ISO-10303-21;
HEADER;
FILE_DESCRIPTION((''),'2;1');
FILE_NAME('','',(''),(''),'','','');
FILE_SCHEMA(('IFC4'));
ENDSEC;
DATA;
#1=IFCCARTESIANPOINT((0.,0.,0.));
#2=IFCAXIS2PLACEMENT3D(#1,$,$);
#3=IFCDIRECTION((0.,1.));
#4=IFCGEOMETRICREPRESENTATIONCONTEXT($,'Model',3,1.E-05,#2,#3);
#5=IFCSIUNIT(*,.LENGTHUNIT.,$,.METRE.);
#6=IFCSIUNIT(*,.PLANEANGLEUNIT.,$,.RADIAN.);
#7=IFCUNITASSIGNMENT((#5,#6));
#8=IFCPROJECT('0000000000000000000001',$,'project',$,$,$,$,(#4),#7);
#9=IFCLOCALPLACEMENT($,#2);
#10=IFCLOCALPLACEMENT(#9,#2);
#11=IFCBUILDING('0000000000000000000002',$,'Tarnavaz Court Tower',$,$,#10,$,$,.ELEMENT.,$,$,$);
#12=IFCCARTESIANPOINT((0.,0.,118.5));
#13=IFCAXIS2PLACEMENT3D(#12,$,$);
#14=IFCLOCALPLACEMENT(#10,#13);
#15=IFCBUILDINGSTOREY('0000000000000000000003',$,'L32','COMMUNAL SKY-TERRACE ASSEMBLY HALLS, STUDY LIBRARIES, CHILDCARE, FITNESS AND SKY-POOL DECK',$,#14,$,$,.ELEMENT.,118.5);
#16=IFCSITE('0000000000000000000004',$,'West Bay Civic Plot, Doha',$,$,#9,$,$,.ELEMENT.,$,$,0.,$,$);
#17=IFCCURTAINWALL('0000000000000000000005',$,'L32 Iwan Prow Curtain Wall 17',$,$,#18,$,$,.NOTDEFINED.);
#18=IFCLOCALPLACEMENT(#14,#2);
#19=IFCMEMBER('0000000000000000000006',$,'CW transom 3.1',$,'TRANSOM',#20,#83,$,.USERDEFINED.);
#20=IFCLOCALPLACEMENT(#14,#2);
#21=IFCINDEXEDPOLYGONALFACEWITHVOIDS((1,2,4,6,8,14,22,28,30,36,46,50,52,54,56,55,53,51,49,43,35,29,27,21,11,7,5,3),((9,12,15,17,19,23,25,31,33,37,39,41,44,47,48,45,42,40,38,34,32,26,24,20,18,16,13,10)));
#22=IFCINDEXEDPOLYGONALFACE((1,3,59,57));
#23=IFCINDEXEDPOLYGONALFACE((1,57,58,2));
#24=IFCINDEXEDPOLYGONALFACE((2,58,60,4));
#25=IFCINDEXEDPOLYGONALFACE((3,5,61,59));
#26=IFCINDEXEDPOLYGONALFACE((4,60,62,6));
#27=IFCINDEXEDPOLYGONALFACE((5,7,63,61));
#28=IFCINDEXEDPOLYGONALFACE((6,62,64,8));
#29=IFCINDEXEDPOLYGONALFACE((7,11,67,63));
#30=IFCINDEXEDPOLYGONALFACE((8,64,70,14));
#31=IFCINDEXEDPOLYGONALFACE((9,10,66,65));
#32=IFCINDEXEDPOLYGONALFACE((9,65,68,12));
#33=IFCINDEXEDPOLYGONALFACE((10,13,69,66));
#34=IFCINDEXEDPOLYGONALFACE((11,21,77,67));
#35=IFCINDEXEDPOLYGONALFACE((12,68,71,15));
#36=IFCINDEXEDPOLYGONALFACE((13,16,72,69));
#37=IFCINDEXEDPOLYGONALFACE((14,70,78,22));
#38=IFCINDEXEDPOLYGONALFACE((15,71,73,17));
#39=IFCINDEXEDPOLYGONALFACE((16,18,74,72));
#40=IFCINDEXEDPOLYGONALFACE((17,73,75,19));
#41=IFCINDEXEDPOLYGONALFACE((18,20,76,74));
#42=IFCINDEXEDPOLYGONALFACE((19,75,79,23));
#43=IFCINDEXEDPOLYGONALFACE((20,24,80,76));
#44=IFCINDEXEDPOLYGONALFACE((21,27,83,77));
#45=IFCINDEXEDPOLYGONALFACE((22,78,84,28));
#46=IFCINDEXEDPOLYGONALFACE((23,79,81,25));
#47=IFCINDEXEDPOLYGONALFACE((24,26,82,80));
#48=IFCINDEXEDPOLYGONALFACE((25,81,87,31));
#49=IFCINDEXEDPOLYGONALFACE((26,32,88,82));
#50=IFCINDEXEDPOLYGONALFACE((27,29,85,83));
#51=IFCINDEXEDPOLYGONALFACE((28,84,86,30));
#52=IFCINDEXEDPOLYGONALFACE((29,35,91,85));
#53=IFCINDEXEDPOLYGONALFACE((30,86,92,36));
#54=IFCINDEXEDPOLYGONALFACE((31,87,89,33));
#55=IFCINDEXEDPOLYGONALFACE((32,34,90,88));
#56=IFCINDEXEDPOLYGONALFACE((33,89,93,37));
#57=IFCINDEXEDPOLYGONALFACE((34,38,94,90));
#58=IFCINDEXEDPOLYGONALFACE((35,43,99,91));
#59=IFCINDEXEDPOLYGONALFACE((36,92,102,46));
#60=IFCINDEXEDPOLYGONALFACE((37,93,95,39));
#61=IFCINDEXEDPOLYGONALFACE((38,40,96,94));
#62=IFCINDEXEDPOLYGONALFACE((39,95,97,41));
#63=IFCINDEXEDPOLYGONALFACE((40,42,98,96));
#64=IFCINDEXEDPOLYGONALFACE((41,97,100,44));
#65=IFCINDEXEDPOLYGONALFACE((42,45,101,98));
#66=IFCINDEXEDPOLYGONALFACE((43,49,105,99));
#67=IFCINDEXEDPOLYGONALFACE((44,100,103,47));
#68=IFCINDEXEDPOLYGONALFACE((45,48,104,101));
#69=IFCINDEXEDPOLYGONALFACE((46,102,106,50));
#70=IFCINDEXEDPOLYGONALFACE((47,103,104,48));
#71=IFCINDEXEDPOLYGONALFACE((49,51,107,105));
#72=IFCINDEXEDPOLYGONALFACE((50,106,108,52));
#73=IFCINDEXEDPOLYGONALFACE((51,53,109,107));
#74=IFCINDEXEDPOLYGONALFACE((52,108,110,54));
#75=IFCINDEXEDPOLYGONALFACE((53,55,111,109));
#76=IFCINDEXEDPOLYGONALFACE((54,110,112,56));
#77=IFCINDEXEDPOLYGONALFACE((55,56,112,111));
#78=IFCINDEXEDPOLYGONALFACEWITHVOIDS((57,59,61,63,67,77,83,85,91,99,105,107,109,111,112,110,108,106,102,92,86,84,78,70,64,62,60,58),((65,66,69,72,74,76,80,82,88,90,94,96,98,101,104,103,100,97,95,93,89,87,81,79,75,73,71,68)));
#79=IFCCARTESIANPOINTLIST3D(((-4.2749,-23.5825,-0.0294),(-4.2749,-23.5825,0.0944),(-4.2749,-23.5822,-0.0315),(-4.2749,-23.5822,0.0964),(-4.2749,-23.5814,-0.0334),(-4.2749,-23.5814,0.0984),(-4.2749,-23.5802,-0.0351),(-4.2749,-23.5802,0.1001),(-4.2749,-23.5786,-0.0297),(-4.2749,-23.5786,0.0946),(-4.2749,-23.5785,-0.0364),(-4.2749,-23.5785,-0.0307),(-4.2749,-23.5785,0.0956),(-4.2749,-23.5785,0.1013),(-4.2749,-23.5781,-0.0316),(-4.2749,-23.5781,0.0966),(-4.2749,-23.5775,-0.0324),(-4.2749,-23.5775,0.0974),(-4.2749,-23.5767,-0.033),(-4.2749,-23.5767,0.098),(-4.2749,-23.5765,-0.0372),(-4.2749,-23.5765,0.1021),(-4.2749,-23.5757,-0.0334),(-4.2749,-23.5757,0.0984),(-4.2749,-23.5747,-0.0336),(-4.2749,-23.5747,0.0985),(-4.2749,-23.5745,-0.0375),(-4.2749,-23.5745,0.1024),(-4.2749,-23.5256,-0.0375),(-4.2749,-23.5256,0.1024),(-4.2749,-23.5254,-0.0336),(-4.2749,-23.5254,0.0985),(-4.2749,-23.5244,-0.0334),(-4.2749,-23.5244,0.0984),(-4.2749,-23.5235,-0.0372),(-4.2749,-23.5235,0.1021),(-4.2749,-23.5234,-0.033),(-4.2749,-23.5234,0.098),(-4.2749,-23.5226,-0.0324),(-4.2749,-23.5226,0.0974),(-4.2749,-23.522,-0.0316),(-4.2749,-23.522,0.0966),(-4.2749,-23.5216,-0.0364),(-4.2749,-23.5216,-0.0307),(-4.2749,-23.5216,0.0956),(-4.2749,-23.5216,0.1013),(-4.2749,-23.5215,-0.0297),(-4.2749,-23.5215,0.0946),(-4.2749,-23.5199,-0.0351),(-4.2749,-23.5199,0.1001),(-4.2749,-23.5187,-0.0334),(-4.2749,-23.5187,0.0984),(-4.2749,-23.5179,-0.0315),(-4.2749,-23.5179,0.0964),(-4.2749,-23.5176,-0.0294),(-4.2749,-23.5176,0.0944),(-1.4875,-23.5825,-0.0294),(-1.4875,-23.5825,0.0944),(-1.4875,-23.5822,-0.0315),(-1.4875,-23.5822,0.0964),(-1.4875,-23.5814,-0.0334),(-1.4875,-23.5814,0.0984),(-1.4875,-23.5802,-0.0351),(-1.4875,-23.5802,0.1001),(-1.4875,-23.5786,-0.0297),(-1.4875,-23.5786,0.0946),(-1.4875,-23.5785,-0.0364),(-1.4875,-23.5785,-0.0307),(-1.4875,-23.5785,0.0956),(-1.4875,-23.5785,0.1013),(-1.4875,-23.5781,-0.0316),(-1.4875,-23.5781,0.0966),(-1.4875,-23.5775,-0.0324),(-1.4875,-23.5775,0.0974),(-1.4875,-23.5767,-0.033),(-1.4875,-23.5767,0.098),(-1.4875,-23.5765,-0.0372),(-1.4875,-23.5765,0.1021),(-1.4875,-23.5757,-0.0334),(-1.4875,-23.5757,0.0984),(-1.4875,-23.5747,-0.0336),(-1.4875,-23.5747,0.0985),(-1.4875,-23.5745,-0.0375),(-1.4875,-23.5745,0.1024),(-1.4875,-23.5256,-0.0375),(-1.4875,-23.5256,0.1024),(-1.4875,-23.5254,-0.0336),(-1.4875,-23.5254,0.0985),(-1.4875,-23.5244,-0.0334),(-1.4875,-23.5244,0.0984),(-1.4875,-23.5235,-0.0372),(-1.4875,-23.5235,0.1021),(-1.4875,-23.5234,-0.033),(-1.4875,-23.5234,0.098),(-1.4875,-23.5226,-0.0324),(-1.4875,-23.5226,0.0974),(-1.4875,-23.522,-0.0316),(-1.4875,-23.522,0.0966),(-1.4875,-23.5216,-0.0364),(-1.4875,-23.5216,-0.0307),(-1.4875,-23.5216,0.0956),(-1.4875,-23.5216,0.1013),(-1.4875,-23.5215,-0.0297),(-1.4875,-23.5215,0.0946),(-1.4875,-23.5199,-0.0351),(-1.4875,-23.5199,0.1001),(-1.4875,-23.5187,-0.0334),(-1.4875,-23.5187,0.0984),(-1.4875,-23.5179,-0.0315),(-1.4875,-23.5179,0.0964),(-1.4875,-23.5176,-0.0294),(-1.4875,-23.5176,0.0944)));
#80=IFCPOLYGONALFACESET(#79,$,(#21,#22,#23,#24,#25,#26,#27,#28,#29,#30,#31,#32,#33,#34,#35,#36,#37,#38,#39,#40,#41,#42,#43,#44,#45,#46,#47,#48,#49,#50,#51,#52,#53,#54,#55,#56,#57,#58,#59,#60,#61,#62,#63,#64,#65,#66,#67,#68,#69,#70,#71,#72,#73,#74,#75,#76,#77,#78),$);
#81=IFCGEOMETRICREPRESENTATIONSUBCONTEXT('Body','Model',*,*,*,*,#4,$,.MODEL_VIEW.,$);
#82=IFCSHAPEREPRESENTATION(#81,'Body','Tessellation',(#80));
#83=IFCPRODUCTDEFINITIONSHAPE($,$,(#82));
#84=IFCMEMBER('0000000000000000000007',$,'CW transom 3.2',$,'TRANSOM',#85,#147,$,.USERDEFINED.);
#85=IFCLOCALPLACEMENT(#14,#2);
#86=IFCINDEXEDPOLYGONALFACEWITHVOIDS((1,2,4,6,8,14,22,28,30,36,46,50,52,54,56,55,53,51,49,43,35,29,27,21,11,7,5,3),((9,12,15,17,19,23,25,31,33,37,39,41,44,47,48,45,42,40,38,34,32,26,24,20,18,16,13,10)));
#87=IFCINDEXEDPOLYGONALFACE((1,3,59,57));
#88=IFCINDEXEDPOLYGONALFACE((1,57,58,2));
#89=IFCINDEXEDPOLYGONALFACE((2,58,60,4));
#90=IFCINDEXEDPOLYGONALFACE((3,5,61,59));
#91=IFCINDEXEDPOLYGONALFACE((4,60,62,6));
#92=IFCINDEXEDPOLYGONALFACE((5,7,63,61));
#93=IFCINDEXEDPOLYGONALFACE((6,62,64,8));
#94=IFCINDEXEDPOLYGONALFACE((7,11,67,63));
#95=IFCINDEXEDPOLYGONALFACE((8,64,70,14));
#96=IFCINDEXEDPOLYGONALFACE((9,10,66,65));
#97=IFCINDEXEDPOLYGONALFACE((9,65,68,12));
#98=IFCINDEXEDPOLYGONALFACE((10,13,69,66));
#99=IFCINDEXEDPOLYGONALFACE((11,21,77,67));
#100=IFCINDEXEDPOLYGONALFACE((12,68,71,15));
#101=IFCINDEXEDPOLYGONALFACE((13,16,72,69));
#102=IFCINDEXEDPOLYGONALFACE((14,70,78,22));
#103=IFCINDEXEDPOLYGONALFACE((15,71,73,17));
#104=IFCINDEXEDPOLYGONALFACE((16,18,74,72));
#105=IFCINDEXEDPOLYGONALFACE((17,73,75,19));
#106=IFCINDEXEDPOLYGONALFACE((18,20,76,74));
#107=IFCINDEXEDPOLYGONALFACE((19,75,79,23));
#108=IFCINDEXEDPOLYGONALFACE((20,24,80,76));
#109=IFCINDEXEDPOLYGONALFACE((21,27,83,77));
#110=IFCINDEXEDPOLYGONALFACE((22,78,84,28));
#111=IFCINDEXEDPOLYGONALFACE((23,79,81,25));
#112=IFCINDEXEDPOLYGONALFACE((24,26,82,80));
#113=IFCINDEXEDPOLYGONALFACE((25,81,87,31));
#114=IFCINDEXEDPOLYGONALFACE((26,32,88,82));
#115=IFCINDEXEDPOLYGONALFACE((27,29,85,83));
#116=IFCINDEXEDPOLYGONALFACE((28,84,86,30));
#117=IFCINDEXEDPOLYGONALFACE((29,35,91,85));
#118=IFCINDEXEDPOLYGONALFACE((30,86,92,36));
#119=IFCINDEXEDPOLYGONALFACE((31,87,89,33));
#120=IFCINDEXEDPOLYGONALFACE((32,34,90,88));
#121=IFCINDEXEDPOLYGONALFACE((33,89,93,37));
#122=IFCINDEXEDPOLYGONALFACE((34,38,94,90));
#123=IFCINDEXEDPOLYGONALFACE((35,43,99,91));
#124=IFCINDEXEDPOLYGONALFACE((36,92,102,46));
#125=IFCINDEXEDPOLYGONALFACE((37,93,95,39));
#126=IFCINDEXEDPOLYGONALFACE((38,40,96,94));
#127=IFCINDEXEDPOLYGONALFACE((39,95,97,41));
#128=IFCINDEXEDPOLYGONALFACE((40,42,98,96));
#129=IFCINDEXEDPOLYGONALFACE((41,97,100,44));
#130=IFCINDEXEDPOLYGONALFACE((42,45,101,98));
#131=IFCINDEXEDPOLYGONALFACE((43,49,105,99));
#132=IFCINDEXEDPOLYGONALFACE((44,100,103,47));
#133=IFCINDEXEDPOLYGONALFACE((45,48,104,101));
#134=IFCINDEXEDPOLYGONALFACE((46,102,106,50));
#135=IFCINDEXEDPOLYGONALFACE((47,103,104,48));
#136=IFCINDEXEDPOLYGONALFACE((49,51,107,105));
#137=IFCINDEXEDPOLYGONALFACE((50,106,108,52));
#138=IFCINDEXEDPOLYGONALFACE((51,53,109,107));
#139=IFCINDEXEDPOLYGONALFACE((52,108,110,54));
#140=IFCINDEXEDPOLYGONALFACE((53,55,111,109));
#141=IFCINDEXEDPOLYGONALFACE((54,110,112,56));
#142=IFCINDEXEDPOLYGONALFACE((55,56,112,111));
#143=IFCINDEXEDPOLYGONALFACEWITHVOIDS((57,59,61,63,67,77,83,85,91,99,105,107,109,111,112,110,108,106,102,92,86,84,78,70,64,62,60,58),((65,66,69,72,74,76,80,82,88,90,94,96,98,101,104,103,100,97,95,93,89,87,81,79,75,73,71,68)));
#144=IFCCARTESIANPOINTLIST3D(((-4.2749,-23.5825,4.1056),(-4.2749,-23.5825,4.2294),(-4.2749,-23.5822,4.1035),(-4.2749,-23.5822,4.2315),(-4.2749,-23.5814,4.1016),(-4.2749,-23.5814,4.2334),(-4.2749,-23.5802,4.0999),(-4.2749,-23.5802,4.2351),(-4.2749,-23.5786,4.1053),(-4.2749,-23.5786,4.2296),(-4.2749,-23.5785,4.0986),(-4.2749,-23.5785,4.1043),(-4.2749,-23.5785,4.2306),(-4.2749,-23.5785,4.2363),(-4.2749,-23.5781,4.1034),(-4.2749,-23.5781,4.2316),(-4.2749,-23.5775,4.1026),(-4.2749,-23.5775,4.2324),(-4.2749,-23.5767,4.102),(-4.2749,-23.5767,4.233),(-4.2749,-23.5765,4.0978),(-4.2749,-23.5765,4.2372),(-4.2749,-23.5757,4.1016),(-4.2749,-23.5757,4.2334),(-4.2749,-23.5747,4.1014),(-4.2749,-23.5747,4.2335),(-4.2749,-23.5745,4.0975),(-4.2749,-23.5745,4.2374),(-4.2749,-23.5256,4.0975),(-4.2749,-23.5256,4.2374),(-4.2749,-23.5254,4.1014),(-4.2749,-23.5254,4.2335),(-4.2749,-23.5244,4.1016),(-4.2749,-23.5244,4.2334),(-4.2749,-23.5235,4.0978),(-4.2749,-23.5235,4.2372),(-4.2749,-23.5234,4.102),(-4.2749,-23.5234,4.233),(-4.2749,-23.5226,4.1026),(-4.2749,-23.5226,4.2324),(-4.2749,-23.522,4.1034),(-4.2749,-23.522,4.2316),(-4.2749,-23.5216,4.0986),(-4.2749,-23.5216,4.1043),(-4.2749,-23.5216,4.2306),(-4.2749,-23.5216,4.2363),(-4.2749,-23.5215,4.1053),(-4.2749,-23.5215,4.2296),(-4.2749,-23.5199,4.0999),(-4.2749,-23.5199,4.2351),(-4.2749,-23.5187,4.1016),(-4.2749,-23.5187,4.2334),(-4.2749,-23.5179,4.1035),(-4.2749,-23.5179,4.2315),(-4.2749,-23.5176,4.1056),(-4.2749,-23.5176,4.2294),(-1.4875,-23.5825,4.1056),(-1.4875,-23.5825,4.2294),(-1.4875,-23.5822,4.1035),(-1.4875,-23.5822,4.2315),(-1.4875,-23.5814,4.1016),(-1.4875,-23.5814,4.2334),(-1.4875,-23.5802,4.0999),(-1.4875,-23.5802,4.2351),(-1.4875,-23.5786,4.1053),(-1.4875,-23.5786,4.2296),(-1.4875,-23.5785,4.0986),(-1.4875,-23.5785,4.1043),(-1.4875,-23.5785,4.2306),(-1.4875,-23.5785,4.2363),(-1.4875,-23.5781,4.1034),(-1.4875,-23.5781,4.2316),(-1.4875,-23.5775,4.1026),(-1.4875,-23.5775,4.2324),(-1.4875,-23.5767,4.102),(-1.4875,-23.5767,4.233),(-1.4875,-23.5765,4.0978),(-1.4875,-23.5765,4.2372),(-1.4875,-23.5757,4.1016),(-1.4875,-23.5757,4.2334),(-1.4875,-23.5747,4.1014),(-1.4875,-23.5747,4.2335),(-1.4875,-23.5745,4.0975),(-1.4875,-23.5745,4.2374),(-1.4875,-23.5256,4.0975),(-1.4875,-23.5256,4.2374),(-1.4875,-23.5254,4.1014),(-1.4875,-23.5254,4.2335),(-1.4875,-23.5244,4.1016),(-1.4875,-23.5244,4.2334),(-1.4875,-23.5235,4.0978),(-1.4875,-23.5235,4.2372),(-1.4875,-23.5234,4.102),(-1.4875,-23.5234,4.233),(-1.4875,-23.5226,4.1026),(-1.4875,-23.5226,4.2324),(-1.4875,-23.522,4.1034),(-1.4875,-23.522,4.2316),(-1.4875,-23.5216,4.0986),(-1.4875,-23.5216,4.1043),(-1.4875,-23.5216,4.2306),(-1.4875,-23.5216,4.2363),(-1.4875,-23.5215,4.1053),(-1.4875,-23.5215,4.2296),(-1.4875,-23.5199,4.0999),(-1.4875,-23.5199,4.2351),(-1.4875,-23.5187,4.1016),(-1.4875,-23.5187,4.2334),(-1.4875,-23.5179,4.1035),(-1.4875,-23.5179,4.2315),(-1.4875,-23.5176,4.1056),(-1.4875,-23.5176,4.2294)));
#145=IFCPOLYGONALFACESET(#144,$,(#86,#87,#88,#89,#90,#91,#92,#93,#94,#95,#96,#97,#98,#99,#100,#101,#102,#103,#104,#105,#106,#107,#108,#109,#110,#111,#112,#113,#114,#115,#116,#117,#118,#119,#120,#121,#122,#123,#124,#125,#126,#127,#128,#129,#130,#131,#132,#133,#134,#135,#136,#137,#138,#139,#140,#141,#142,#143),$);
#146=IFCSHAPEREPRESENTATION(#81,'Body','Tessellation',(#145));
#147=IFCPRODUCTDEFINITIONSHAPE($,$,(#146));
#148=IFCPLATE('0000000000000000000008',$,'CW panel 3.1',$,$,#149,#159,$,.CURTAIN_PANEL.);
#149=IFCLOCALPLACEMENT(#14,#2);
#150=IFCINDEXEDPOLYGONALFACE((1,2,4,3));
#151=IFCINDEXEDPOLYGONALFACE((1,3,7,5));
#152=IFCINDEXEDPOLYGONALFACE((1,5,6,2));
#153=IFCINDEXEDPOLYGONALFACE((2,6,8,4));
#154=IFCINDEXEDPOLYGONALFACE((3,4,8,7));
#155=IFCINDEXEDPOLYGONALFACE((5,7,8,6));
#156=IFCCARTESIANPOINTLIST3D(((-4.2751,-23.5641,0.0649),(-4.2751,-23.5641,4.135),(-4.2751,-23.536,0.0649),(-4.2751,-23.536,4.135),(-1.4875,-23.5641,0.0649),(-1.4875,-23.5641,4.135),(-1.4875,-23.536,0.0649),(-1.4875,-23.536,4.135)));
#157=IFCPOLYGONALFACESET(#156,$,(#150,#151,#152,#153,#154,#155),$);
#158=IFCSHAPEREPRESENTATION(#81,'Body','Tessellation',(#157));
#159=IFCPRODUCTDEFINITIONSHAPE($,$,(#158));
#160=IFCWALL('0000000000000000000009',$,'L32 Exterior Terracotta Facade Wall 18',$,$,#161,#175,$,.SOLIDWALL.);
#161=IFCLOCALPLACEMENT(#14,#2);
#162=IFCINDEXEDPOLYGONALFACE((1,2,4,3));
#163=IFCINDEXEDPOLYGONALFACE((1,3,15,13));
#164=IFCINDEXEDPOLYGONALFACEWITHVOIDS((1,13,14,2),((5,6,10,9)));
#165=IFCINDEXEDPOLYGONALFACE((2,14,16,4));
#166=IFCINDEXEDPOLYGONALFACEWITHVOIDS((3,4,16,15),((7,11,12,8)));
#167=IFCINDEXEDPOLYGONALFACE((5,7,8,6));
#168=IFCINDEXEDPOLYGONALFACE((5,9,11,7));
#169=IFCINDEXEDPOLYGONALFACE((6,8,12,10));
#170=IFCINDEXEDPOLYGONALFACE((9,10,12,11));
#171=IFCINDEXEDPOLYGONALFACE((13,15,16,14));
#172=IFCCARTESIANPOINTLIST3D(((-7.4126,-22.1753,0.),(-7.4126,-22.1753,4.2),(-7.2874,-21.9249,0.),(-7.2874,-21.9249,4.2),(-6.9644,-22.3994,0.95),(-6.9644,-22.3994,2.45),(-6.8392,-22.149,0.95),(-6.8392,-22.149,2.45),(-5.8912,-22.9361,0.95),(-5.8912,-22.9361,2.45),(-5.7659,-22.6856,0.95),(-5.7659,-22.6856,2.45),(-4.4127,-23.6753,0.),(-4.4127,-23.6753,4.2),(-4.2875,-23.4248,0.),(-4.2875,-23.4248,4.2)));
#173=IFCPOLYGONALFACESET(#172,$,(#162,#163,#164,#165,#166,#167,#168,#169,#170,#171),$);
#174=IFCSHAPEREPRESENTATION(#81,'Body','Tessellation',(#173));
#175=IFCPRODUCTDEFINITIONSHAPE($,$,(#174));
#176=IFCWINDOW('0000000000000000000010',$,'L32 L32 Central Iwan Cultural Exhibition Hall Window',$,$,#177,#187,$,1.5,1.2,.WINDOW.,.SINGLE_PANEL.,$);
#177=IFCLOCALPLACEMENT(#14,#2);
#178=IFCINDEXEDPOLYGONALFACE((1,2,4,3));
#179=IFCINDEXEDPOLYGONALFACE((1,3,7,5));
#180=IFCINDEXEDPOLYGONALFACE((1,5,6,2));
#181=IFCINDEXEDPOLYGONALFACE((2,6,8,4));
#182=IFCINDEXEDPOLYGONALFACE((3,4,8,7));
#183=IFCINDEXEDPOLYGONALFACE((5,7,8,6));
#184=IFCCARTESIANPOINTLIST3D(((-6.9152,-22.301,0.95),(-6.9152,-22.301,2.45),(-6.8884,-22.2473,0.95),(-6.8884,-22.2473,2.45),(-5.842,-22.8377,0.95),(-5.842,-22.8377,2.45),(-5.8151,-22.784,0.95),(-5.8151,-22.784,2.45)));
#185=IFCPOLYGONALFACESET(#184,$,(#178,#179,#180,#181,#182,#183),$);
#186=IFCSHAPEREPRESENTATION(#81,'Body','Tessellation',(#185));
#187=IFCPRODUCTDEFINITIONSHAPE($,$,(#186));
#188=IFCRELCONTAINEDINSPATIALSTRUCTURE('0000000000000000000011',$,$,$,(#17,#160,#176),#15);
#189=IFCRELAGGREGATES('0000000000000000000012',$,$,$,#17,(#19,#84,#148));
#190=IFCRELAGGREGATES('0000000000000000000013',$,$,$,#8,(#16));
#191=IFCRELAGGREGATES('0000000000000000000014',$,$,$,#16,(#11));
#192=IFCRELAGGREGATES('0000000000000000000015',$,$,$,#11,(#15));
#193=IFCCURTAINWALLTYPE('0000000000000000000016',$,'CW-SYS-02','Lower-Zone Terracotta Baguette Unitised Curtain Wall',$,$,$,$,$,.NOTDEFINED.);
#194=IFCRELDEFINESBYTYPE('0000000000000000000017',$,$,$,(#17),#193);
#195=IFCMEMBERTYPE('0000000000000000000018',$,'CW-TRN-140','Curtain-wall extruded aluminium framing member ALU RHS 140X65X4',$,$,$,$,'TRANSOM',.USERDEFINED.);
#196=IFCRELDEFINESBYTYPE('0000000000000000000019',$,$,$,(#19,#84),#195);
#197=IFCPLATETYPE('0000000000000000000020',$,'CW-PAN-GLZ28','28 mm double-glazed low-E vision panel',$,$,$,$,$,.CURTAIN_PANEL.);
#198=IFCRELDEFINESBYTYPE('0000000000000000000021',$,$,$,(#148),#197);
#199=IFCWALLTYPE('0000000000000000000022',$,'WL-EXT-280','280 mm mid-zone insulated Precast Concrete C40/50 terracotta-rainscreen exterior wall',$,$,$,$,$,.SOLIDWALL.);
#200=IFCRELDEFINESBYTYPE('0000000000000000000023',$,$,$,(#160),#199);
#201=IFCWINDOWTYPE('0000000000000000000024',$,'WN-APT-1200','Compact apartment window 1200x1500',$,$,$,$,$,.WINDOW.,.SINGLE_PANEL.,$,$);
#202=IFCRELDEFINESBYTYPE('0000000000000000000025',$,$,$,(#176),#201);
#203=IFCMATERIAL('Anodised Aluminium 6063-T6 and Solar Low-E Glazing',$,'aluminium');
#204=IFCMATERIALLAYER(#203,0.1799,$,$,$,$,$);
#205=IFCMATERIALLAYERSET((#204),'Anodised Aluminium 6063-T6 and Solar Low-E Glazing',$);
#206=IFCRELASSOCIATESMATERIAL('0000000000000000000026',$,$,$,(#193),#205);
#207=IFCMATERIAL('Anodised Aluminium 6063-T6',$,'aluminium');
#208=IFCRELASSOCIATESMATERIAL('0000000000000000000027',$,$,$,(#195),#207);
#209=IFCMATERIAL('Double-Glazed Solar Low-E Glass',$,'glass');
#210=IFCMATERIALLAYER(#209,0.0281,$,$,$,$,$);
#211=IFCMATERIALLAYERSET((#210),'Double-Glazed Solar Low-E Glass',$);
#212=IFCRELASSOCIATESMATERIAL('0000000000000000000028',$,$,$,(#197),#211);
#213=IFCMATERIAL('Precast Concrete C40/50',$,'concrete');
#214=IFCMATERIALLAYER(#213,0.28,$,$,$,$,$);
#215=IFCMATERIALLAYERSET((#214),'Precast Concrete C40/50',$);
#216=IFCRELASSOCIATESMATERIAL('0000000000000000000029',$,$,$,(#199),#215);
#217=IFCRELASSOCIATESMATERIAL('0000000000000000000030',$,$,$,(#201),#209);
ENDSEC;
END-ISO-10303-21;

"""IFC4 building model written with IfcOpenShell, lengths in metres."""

from ifc_helpers import new_model, si_unit, direction, frame, frame_2d, origin, origin_2d, place, context, subcontext, project, spatial, rectangle, hollow_rectangle, extrude, material, layer, layer_set, material_profile, profile_set, type_object, element, fill, aggregate, save


model = new_model("IFC4")

# Units and contexts
model_context = context("Model", 3, precision=1e-05, world=origin(), true_north=direction((0.0, 1.0)))
body_context = subcontext(model_context, "Body", "Model", "MODEL_VIEW")
ifc_project = project(units=[si_unit("LENGTHUNIT", "METRE"), si_unit("PLANEANGLEUNIT", "RADIAN")], contexts=[model_context])

# Site, building, storey
site_placement = place(None, origin())
site = spatial("IfcSite", under=ifc_project, at=site_placement, Name="West Bay Civic Plot, Doha", CompositionType="ELEMENT", RefElevation=0.0)
building_placement = place(site_placement, origin())
building = spatial("IfcBuilding", under=site, at=building_placement, Name="Tarnavaz Court Tower", CompositionType="ELEMENT")
storey_placement = place(building_placement, frame((0.0, 0.0, 118.5)))
storey = spatial("IfcBuildingStorey", under=building, at=storey_placement, Name="L32", Description="COMMUNAL SKY-TERRACE ASSEMBLY HALLS, STUDY LIBRARIES, CHILDCARE, FITNESS AND SKY-POOL DECK", CompositionType="ELEMENT", Elevation=118.5)

# Curtain wall, members, plate
ifc_material_1 = material(Name="Anodised Aluminium 6063-T6 and Solar Low-E Glazing", Category="aluminium")
ifc_layer_1 = layer(ifc_material_1, 0.1799)
ifc_layer_set_1 = layer_set([ifc_layer_1], Name="Anodised Aluminium 6063-T6 and Solar Low-E Glazing")
curtain_wall_type = type_object("IfcCurtainWallType", Name="CW-SYS-02", Description="Lower-Zone Terracotta Baguette Unitised Curtain Wall", PredefinedType="NOTDEFINED", material=ifc_layer_set_1)
curtain_wall_placement = place(storey_placement, origin())
curtain_wall = element("IfcCurtainWall", 1, at=curtain_wall_placement, inside=storey, type_object=curtain_wall_type, Name="L32 Iwan Prow Curtain Wall 17", PredefinedType="NOTDEFINED")
ifc_material_2 = material(Name="Anodised Aluminium 6063-T6", Category="aluminium")
ifc_material_profile_1 = material_profile(ifc_material_2, hollow_rectangle(XDim=0.0649, YDim=0.1399, WallThickness=0.0039, InnerFilletRadius=0.0039, OuterFilletRadius=0.0081, at=origin_2d()), Name="ALU RHS 140X65X4")
ifc_profile_set_1 = profile_set([ifc_material_profile_1], Name="Anodised Aluminium 6063-T6")
member_type_1 = type_object("IfcMemberType", Name="CW-TRN-140", Description="Curtain-wall extruded aluminium framing member ALU RHS 140X65X4", ElementType="TRANSOM", PredefinedType="USERDEFINED", material=ifc_profile_set_1)
member_1_placement = place(storey_placement, frame((-1.4875, -23.55, 0.0325), z_axis=(-1.0, 0.0, 0.0), x_axis=(0.0, -1.0, 0.0)))
member_1 = element("IfcMember", 2, at=member_1_placement, type_object=member_type_1, Name="CW transom 3.1", ObjectType="TRANSOM", PredefinedType="USERDEFINED", context=body_context, shape_type="SweptSolid", body=[
    extrude(hollow_rectangle(XDim=0.0649, YDim=0.1399, WallThickness=0.0039, InnerFilletRadius=0.0039, OuterFilletRadius=0.0081, at=origin_2d()), origin(), (0.0, 0.0, 1.0), 2.7874),
])
member_2_placement = place(storey_placement, frame((-1.4875, -23.55, 4.1675), z_axis=(-1.0, 0.0, 0.0), x_axis=(0.0, -1.0, 0.0)))
member_2 = element("IfcMember", 3, at=member_2_placement, type_object=member_type_1, Name="CW transom 3.2", ObjectType="TRANSOM", PredefinedType="USERDEFINED", context=body_context, shape_type="SweptSolid", body=[
    extrude(hollow_rectangle(XDim=0.0649, YDim=0.1399, WallThickness=0.0039, InnerFilletRadius=0.0039, OuterFilletRadius=0.0081, at=origin_2d()), origin(), (0.0, 0.0, 1.0), 2.7874),
])
ifc_material_3 = material(Name="Double-Glazed Solar Low-E Glass", Category="glass")
ifc_layer_2 = layer(ifc_material_3, 0.0281)
ifc_layer_set_2 = layer_set([ifc_layer_2], Name="Double-Glazed Solar Low-E Glass")
plate_type = type_object("IfcPlateType", Name="CW-PAN-GLZ28", Description="28 mm double-glazed low-E vision panel", PredefinedType="CURTAIN_PANEL", material=ifc_layer_set_2)
plate_placement = place(storey_placement, frame((-2.8813, -23.55, 0.0649), z_axis=(0.0, 0.0, 1.0), x_axis=(-1.0, 0.0, 0.0)))
plate = element("IfcPlate", 4, at=plate_placement, type_object=plate_type, Name="CW panel 3.1", PredefinedType="CURTAIN_PANEL", context=body_context, shape_type="SweptSolid", body=[
    extrude(rectangle(XDim=2.7876, YDim=0.0281, at=origin_2d()), origin(), (0.0, 0.0, 1.0), 4.0701),
])
aggregate(curtain_wall, [member_1, member_2, plate])

# Wall, opening, window
ifc_material_4 = material(Name="Precast Concrete C40/50", Category="concrete")
ifc_layer_3 = layer(ifc_material_4, 0.28)
ifc_layer_set_3 = layer_set([ifc_layer_3], Name="Precast Concrete C40/50")
wall_type_1 = type_object("IfcWallType", Name="WL-EXT-280", Description="280 mm mid-zone insulated Precast Concrete C40/50 terracotta-rainscreen exterior wall", PredefinedType="SOLIDWALL", material=ifc_layer_set_3)
wall_1_placement = place(storey_placement, frame((-4.3501, -23.55, 0.0), z_axis=(0.0, 0.0, 1.0), x_axis=(-0.894427, 0.447214, 0.0)))
wall_1 = element("IfcWall", 5, at=wall_1_placement, inside=storey, type_object=wall_type_1, Name="L32 Exterior Terracotta Facade Wall 18", PredefinedType="SOLIDWALL", context=body_context, shape_type="SweptSolid", body=[
    extrude(rectangle(XDim=3.354, YDim=0.28, at=frame_2d((1.677, 0.0))), origin(), (0.0, 0.0, 1.0), 4.2),
])
opening_1_placement = place(wall_1_placement, frame((1.6528, 0.0, 0.95)))
opening_1 = element("IfcOpeningElement", 6, at=opening_1_placement, cuts=wall_1, PredefinedType="OPENING", context=body_context, shape_type="SweptSolid", body=[
    extrude(rectangle(XDim=1.2, YDim=1.5, at=frame_2d((0.6001, 0.75))), frame((0.0, 0.1499, 0.0), z_axis=(0.0, -1.0, 0.0), x_axis=(1.0, 0.0, 0.0)), (0.0, 0.0, 1.0), 0.3),
])
window_type_1 = type_object("IfcWindowType", Name="WN-APT-1200", Description="Compact apartment window 1200x1500", PartitioningType="SINGLE_PANEL", PredefinedType="WINDOW", material=ifc_material_3)
window_1_placement = place(opening_1_placement, origin())
window_1 = element("IfcWindow", 7, at=window_1_placement, inside=storey, type_object=window_type_1, Name="L32 L32 Central Iwan Cultural Exhibition Hall Window", OverallHeight=1.5, OverallWidth=1.2, PartitioningType="SINGLE_PANEL", PredefinedType="WINDOW", context=body_context, shape_type="SweptSolid", body=[
    extrude(rectangle(XDim=1.2, YDim=1.5, at=frame_2d((0.6001, 0.75))), frame((0.0, 0.03, 0.0), z_axis=(0.0, -1.0, 0.0), x_axis=(1.0, 0.0, 0.0)), (0.0, 0.0, 1.0), 0.0601),
])
fill(opening_1, window_1)

save(model, "model.ifc")
